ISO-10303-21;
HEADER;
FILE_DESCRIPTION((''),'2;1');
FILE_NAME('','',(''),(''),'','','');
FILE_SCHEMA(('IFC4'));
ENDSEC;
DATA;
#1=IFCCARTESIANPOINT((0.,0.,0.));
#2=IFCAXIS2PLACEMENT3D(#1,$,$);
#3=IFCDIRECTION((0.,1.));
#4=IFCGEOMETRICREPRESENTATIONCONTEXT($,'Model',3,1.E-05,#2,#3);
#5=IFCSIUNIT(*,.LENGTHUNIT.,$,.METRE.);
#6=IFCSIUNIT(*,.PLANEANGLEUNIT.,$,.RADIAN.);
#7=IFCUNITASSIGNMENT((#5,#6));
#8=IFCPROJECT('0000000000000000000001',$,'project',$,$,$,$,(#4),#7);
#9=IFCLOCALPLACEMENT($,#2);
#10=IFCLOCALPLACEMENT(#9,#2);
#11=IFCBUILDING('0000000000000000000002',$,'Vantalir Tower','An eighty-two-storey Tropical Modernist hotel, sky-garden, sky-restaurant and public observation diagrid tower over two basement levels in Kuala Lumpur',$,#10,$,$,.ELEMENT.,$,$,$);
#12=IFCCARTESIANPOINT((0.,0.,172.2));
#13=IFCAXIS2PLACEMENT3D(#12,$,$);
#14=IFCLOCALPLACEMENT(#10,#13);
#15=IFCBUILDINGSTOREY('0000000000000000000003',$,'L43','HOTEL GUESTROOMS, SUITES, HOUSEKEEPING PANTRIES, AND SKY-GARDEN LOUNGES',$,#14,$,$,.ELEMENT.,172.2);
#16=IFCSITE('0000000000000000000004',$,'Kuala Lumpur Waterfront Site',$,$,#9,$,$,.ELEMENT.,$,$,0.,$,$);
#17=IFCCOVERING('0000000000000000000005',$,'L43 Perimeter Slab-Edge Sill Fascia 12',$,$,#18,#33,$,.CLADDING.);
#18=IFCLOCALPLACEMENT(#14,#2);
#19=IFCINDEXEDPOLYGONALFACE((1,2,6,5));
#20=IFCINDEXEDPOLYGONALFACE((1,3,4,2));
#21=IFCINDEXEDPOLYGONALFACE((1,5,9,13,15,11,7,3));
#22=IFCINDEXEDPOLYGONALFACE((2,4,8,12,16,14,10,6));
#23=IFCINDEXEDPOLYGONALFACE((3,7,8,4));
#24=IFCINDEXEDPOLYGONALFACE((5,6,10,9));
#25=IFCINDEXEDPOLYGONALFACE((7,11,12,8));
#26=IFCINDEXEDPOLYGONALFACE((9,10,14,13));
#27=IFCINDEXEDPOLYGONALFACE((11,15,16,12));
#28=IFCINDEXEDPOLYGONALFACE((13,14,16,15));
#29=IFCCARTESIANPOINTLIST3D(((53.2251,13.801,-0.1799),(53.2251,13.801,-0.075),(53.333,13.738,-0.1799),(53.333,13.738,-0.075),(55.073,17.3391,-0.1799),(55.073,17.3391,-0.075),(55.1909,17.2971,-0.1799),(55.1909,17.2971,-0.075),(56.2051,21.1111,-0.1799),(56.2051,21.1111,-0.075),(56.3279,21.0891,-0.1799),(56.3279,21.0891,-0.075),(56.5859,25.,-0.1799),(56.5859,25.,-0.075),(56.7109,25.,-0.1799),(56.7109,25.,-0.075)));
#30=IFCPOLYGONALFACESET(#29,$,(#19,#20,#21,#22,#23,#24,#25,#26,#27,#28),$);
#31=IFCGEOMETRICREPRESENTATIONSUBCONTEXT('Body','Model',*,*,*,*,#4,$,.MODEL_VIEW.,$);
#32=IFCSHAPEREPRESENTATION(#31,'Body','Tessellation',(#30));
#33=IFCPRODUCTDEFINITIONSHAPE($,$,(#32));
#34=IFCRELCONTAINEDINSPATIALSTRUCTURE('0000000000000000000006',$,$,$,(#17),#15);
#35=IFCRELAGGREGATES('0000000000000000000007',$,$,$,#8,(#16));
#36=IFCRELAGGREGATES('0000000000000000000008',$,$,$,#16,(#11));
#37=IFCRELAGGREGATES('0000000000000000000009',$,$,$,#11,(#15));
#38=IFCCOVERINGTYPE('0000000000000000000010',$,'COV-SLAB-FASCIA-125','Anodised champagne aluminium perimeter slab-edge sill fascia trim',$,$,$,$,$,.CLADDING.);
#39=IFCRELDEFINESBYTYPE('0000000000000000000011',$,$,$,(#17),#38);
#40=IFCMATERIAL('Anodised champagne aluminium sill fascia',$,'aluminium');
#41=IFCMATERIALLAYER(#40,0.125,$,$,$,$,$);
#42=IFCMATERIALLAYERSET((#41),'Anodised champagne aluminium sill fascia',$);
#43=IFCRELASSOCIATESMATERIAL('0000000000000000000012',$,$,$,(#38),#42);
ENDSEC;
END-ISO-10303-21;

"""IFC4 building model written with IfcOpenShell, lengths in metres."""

from ifc_helpers import new_model, si_unit, direction, frame, origin, place, context, subcontext, project, spatial, polyline, outline, extrude, material, layer, layer_set, type_object, element, save


model = new_model("IFC4")

# Units and contexts
model_context = context("Model", 3, precision=1e-05, world=origin(), true_north=direction((0.0, 1.0)))
body_context = subcontext(model_context, "Body", "Model", "MODEL_VIEW")
ifc_project = project(units=[si_unit("LENGTHUNIT", "METRE"), si_unit("PLANEANGLEUNIT", "RADIAN")], contexts=[model_context])

# Site, building, storey
site_placement = place(None, origin())
site = spatial("IfcSite", under=ifc_project, at=site_placement, Name="Kuala Lumpur Waterfront Site", CompositionType="ELEMENT", RefElevation=0.0)
building_placement = place(site_placement, origin())
building = spatial("IfcBuilding", under=site, at=building_placement, Name="Vantalir Tower", Description="An eighty-two-storey Tropical Modernist hotel, sky-garden, sky-restaurant and public observation diagrid tower over two basement levels in Kuala Lumpur", CompositionType="ELEMENT")
storey_placement = place(building_placement, frame((0.0, 0.0, 172.2)))
storey = spatial("IfcBuildingStorey", under=building, at=storey_placement, Name="L43", Description="HOTEL GUESTROOMS, SUITES, HOUSEKEEPING PANTRIES, AND SKY-GARDEN LOUNGES", CompositionType="ELEMENT", Elevation=172.2)

# Covering
ifc_material_1 = material(Name="Anodised champagne aluminium sill fascia", Category="aluminium")
ifc_layer_1 = layer(ifc_material_1, 0.125)
ifc_layer_set_1 = layer_set([ifc_layer_1], Name="Anodised champagne aluminium sill fascia")
covering_type = type_object("IfcCoveringType", Name="COV-SLAB-FASCIA-125", Description="Anodised champagne aluminium perimeter slab-edge sill fascia trim", PredefinedType="CLADDING", material=ifc_layer_set_1)
covering_1_placement = place(storey_placement, frame((0.0, 0.0, -0.1799)))
element("IfcCovering", 1, at=covering_1_placement, inside=storey, type_object=covering_type, Name="L43 Perimeter Slab-Edge Sill Fascia 12", PredefinedType="CLADDING", context=body_context, shape_type="SweptSolid", body=[
    extrude(outline(polyline([(53.333, 13.738), (55.1909, 17.2971), (56.3279, 21.0891), (56.7109, 25.0), (56.5859, 25.0), (56.2051, 21.1111), (55.073, 17.3391), (53.2251, 13.801), (53.333, 13.738)])), origin(), (0.0, 0.0, 1.0), 0.105),
])

save(model, "model.ifc")
